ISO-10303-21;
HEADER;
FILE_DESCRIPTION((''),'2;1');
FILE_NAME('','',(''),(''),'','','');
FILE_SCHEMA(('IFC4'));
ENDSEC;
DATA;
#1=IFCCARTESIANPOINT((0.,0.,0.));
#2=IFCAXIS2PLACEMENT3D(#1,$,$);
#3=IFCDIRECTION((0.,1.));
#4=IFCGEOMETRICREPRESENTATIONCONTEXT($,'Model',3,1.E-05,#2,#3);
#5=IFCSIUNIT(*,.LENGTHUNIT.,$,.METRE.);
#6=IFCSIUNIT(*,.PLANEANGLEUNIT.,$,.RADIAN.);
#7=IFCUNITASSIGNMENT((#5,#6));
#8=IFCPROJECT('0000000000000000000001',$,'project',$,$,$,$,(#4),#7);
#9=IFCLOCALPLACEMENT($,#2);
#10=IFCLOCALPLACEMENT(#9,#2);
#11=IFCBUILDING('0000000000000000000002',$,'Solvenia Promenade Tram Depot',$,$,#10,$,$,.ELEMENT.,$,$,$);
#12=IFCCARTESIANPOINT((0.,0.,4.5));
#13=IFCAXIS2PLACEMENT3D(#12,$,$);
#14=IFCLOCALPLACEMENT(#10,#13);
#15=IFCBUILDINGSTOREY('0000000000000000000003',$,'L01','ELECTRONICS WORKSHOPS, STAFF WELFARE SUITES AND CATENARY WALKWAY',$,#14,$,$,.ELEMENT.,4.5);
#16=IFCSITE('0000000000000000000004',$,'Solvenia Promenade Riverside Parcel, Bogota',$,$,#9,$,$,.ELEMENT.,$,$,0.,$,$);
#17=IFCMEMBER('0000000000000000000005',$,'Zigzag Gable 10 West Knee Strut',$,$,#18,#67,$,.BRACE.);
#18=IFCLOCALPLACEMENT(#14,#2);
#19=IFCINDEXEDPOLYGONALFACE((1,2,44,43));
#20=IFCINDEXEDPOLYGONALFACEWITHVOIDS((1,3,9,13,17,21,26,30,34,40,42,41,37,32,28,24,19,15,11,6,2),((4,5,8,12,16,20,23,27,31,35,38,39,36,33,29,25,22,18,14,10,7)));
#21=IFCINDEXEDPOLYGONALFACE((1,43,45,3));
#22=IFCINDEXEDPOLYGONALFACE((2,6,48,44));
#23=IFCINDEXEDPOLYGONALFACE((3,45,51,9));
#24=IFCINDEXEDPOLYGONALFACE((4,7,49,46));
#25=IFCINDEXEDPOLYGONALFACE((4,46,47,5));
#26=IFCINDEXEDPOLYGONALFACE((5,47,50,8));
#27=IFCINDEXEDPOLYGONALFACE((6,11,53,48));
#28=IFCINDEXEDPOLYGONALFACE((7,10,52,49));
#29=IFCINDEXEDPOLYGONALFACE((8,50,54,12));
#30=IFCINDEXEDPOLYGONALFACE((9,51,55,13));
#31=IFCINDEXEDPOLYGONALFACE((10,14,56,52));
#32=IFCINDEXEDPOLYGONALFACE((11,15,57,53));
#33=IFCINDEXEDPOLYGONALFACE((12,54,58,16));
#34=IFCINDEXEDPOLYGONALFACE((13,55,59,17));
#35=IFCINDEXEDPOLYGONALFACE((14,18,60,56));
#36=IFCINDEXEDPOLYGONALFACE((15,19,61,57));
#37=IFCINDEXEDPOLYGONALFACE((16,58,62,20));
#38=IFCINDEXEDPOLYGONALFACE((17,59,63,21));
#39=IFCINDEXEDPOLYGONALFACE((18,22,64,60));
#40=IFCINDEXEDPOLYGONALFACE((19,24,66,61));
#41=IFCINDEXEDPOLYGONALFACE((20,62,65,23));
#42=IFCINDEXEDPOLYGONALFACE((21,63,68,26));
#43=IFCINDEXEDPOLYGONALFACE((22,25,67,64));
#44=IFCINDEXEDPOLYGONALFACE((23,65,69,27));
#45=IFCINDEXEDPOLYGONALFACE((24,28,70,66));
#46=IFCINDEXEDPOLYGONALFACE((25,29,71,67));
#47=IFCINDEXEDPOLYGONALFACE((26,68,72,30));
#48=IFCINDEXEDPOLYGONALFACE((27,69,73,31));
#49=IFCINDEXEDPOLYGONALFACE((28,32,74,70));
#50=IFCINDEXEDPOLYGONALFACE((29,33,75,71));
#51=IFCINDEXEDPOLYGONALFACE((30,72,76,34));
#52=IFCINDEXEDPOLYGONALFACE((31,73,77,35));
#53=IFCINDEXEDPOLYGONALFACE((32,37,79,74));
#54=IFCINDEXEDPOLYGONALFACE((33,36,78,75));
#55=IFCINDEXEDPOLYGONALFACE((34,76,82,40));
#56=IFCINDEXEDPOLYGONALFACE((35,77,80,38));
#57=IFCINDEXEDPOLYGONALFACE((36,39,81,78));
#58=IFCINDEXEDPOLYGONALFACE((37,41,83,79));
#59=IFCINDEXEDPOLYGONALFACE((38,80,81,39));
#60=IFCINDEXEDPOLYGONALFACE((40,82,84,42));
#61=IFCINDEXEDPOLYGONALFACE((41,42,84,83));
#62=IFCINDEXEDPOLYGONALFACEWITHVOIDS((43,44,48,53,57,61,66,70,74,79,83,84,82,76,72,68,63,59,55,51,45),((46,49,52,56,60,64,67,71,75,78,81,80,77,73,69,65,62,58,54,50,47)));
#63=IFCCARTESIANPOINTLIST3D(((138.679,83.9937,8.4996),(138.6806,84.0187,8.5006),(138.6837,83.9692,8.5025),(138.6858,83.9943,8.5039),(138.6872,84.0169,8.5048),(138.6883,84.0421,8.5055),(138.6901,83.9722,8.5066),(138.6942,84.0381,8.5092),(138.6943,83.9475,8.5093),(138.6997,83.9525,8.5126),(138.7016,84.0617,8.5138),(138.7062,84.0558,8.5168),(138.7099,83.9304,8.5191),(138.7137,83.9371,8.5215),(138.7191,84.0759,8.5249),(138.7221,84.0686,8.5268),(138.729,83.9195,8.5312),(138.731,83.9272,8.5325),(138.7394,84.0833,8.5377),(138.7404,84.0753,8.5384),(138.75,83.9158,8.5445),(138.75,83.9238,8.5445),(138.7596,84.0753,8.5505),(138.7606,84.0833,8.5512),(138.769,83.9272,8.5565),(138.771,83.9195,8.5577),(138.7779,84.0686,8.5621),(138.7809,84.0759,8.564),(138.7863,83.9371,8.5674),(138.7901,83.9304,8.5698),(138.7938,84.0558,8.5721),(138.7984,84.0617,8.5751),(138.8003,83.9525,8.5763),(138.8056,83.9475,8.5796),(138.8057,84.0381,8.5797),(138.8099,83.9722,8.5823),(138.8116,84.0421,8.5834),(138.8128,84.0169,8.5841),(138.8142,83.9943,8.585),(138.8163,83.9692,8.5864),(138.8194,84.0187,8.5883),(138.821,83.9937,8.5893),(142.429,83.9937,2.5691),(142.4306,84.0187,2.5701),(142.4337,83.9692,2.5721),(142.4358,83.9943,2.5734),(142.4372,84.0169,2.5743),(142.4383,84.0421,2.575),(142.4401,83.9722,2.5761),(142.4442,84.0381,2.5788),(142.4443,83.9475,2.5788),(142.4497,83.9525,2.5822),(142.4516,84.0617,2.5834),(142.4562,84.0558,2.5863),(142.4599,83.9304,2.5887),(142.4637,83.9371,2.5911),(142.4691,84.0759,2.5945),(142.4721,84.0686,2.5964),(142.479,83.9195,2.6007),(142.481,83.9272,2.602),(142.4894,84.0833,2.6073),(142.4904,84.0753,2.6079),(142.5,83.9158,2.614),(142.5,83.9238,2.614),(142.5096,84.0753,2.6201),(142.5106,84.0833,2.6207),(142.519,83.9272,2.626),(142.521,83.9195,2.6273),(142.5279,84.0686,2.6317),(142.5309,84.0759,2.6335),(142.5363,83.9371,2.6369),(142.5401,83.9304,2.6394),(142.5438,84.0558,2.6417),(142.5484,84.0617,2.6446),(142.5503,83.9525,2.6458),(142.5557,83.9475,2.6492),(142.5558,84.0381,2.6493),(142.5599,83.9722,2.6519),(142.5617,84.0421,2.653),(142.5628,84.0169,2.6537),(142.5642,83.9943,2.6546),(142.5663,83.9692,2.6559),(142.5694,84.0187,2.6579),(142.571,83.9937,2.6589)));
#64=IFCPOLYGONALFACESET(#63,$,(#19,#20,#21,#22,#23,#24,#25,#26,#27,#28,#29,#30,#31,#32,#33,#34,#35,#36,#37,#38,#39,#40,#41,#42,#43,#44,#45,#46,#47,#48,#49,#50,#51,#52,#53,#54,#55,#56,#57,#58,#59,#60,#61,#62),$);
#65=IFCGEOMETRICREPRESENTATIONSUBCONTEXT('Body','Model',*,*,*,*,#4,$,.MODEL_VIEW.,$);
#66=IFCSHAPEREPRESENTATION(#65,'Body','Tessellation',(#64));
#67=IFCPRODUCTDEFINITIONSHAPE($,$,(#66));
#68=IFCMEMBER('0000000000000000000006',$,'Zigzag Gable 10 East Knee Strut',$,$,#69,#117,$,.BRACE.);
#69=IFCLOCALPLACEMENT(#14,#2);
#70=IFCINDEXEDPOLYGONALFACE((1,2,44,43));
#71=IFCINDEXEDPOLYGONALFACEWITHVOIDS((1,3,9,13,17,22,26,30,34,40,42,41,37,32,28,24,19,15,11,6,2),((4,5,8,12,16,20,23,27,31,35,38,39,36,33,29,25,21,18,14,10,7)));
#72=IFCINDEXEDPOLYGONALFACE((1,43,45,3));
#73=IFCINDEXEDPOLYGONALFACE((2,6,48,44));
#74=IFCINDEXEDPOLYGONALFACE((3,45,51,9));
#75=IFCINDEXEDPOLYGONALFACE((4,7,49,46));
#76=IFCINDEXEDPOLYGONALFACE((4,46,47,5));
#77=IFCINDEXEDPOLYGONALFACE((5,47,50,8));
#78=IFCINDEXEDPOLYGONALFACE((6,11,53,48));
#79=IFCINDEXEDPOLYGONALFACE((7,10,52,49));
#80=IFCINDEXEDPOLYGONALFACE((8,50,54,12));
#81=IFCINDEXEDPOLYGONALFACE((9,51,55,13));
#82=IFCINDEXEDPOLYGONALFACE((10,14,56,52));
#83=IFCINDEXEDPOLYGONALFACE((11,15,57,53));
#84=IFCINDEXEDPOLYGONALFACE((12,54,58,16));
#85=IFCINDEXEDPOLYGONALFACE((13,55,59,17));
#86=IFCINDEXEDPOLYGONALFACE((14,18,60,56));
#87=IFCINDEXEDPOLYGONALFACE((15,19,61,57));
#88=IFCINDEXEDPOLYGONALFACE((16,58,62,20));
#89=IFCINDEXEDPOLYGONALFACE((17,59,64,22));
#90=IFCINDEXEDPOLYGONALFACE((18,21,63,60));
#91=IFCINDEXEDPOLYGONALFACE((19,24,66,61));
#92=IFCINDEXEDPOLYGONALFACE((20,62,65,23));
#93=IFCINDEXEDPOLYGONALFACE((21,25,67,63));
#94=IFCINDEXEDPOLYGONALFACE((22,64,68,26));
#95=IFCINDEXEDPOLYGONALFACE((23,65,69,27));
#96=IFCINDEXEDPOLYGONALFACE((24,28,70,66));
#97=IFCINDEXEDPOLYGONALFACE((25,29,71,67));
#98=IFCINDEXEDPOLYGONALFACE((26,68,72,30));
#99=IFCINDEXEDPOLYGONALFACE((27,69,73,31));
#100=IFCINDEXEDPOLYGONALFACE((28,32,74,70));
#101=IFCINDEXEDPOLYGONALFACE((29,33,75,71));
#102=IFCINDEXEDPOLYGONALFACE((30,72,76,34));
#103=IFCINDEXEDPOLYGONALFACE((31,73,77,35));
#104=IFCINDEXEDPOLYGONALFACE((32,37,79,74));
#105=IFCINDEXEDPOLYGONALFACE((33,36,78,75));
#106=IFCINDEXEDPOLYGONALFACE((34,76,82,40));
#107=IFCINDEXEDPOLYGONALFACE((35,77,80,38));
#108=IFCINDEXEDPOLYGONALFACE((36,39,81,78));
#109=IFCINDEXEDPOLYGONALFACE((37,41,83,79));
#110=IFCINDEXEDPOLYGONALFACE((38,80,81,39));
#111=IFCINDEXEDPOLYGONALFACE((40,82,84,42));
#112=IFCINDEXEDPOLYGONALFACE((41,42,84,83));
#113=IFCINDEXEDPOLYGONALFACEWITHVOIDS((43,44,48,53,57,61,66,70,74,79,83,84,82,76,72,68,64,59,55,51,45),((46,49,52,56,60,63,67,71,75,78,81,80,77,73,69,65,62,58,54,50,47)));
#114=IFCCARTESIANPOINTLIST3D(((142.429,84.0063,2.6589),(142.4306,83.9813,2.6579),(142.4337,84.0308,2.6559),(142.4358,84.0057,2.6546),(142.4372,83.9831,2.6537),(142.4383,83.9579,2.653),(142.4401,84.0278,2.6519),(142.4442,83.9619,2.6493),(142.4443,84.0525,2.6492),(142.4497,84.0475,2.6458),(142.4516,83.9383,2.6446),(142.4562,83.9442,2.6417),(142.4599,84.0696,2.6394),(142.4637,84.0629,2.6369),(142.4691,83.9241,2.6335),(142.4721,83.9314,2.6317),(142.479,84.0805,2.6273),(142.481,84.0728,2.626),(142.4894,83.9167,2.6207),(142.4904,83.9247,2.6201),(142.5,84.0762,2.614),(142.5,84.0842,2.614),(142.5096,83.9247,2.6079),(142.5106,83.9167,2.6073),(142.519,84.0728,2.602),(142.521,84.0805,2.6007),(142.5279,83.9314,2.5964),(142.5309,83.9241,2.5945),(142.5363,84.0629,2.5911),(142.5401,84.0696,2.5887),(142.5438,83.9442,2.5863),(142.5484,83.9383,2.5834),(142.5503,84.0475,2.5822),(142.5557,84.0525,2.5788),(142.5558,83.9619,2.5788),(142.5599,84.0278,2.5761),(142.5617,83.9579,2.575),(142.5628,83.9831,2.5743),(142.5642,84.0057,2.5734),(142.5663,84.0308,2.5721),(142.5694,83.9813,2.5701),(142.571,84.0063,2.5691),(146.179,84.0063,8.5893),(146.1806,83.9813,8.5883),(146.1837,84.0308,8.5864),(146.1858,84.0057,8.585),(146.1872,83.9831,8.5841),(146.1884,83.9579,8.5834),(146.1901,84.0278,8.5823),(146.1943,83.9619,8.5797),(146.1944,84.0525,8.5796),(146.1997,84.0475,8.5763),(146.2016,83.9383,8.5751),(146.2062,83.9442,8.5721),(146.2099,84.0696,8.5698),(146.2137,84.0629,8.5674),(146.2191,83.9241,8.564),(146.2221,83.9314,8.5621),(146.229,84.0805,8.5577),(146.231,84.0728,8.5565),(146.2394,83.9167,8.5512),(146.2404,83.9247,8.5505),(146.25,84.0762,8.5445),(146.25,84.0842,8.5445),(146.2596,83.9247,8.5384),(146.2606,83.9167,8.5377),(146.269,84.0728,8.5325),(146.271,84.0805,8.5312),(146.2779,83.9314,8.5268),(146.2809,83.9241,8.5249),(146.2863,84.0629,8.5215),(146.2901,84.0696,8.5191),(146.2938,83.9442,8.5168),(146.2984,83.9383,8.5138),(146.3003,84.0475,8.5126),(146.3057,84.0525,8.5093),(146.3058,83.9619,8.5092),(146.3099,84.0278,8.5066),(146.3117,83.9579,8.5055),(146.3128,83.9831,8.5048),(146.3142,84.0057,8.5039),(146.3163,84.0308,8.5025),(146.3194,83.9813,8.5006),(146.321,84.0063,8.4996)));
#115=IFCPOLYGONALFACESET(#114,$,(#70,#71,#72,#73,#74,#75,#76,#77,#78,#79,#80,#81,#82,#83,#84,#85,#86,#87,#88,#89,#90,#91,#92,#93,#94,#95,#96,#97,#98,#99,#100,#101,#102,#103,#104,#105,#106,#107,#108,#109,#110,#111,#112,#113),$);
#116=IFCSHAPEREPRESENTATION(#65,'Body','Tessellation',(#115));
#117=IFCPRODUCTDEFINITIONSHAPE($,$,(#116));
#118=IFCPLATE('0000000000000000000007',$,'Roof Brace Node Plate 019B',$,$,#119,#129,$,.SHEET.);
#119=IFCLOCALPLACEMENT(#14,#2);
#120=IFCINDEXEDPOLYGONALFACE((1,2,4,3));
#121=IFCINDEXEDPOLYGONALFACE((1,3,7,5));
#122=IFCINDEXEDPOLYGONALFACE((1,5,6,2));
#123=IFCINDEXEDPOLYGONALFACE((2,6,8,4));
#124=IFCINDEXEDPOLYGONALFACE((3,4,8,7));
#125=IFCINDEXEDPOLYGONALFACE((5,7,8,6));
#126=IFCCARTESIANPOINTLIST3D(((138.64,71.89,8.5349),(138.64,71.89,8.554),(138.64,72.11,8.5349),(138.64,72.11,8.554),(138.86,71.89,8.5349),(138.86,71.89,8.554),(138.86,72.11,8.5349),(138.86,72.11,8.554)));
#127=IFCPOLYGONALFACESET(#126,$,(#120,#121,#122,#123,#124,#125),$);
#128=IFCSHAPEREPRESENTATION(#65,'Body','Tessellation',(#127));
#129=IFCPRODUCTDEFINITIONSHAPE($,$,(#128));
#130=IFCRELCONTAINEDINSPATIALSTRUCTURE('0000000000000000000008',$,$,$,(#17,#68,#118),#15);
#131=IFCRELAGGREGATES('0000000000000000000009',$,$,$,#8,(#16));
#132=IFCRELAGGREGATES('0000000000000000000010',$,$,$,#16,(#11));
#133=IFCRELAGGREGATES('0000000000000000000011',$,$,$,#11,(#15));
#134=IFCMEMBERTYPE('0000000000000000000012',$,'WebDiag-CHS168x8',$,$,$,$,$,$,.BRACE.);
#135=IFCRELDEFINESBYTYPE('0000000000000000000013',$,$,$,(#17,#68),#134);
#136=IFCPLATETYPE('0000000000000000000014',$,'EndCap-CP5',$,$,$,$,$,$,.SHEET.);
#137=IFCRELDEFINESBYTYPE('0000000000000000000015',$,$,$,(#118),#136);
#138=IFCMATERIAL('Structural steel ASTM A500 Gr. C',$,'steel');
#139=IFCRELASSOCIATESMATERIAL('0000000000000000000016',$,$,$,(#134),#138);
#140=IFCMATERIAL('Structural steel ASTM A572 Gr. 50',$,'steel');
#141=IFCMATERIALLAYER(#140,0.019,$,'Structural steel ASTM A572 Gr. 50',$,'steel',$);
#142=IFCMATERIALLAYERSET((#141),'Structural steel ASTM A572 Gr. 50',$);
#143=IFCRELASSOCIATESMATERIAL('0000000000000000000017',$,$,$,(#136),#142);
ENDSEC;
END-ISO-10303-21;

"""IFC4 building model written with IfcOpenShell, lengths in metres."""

from ifc_helpers import new_model, si_unit, direction, frame, origin, origin_2d, place, context, subcontext, project, spatial, rectangle, hollow_circle, extrude, material, layer, layer_set, material_profile, profile_set, type_object, element, save


model = new_model("IFC4")

# Units and contexts
model_context = context("Model", 3, precision=1e-05, world=origin(), true_north=direction((0.0, 1.0)))
body_context = subcontext(model_context, "Body", "Model", "MODEL_VIEW")
ifc_project = project(units=[si_unit("LENGTHUNIT", "METRE"), si_unit("PLANEANGLEUNIT", "RADIAN")], contexts=[model_context])

# Site, building, storey
site_placement = place(None, origin())
site = spatial("IfcSite", under=ifc_project, at=site_placement, Name="Solvenia Promenade Riverside Parcel, Bogota", CompositionType="ELEMENT", RefElevation=0.0)
building_placement = place(site_placement, origin())
building = spatial("IfcBuilding", under=site, at=building_placement, Name="Solvenia Promenade Tram Depot", CompositionType="ELEMENT")
storey_placement = place(building_placement, frame((0.0, 0.0, 4.5)))
storey = spatial("IfcBuildingStorey", under=building, at=storey_placement, Name="L01", Description="ELECTRONICS WORKSHOPS, STAFF WELFARE SUITES AND CATENARY WALKWAY", CompositionType="ELEMENT", Elevation=4.5)

# Shared definitions
ifc_material_1 = material(Name="Structural steel ASTM A500 Gr. C", Category="steel")

# Members
ifc_material_profile_1 = material_profile(ifc_material_1, hollow_circle(Radius=0.0842, WallThickness=0.0081, at=origin_2d()), Name="CHS168.3x8", Category="steel")
ifc_profile_set_1 = profile_set([ifc_material_profile_1], Name="Structural steel ASTM A500 Gr. C")
member_type_1 = type_object("IfcMemberType", Name="WebDiag-CHS168x8", PredefinedType="BRACE", material=ifc_profile_set_1)
for number, where, z_axis, x_axis, name in (
    (1, (142.5, 84.0, 2.614), (-0.534448, 0.0, 0.845201), (0.0, -1.0, 0.0), "Zigzag Gable 10 West Knee Strut"),
    (2, (142.5, 84.0, 2.614), (0.534448, 0.0, 0.845201), (0.0, 1.0, 0.0), "Zigzag Gable 10 East Knee Strut"),
):
    element("IfcMember", number, at=place(storey_placement, frame(where, z_axis=z_axis, x_axis=x_axis)), inside=storey, type_object=member_type_1, Name=name, PredefinedType="BRACE", context=body_context, shape_type="SweptSolid", body=[
        extrude(hollow_circle(Radius=0.0842, WallThickness=0.0081, at=origin_2d()), origin(), (0.0, 0.0, 1.0), 7.0166),
    ])

# Plate
ifc_material_2 = material(Name="Structural steel ASTM A572 Gr. 50", Category="steel")
ifc_layer = layer(ifc_material_2, 0.019, Name="Structural steel ASTM A572 Gr. 50", Category="steel")
ifc_layer_set = layer_set([ifc_layer], Name="Structural steel ASTM A572 Gr. 50")
plate_type = type_object("IfcPlateType", Name="EndCap-CP5", PredefinedType="SHEET", material=ifc_layer_set)
plate_placement = place(storey_placement, frame((138.75, 72.0, 8.5349), z_axis=(0.0, 0.0, 1.0), x_axis=(1.0, 0.0, 0.0)))
element("IfcPlate", 3, at=plate_placement, inside=storey, type_object=plate_type, Name="Roof Brace Node Plate 019B", PredefinedType="SHEET", context=body_context, shape_type="SweptSolid", body=[
    extrude(rectangle(XDim=0.22, YDim=0.22, at=origin_2d()), origin(), (0.0, 0.0, 1.0), 0.019),
])

save(model, "model.ifc")
